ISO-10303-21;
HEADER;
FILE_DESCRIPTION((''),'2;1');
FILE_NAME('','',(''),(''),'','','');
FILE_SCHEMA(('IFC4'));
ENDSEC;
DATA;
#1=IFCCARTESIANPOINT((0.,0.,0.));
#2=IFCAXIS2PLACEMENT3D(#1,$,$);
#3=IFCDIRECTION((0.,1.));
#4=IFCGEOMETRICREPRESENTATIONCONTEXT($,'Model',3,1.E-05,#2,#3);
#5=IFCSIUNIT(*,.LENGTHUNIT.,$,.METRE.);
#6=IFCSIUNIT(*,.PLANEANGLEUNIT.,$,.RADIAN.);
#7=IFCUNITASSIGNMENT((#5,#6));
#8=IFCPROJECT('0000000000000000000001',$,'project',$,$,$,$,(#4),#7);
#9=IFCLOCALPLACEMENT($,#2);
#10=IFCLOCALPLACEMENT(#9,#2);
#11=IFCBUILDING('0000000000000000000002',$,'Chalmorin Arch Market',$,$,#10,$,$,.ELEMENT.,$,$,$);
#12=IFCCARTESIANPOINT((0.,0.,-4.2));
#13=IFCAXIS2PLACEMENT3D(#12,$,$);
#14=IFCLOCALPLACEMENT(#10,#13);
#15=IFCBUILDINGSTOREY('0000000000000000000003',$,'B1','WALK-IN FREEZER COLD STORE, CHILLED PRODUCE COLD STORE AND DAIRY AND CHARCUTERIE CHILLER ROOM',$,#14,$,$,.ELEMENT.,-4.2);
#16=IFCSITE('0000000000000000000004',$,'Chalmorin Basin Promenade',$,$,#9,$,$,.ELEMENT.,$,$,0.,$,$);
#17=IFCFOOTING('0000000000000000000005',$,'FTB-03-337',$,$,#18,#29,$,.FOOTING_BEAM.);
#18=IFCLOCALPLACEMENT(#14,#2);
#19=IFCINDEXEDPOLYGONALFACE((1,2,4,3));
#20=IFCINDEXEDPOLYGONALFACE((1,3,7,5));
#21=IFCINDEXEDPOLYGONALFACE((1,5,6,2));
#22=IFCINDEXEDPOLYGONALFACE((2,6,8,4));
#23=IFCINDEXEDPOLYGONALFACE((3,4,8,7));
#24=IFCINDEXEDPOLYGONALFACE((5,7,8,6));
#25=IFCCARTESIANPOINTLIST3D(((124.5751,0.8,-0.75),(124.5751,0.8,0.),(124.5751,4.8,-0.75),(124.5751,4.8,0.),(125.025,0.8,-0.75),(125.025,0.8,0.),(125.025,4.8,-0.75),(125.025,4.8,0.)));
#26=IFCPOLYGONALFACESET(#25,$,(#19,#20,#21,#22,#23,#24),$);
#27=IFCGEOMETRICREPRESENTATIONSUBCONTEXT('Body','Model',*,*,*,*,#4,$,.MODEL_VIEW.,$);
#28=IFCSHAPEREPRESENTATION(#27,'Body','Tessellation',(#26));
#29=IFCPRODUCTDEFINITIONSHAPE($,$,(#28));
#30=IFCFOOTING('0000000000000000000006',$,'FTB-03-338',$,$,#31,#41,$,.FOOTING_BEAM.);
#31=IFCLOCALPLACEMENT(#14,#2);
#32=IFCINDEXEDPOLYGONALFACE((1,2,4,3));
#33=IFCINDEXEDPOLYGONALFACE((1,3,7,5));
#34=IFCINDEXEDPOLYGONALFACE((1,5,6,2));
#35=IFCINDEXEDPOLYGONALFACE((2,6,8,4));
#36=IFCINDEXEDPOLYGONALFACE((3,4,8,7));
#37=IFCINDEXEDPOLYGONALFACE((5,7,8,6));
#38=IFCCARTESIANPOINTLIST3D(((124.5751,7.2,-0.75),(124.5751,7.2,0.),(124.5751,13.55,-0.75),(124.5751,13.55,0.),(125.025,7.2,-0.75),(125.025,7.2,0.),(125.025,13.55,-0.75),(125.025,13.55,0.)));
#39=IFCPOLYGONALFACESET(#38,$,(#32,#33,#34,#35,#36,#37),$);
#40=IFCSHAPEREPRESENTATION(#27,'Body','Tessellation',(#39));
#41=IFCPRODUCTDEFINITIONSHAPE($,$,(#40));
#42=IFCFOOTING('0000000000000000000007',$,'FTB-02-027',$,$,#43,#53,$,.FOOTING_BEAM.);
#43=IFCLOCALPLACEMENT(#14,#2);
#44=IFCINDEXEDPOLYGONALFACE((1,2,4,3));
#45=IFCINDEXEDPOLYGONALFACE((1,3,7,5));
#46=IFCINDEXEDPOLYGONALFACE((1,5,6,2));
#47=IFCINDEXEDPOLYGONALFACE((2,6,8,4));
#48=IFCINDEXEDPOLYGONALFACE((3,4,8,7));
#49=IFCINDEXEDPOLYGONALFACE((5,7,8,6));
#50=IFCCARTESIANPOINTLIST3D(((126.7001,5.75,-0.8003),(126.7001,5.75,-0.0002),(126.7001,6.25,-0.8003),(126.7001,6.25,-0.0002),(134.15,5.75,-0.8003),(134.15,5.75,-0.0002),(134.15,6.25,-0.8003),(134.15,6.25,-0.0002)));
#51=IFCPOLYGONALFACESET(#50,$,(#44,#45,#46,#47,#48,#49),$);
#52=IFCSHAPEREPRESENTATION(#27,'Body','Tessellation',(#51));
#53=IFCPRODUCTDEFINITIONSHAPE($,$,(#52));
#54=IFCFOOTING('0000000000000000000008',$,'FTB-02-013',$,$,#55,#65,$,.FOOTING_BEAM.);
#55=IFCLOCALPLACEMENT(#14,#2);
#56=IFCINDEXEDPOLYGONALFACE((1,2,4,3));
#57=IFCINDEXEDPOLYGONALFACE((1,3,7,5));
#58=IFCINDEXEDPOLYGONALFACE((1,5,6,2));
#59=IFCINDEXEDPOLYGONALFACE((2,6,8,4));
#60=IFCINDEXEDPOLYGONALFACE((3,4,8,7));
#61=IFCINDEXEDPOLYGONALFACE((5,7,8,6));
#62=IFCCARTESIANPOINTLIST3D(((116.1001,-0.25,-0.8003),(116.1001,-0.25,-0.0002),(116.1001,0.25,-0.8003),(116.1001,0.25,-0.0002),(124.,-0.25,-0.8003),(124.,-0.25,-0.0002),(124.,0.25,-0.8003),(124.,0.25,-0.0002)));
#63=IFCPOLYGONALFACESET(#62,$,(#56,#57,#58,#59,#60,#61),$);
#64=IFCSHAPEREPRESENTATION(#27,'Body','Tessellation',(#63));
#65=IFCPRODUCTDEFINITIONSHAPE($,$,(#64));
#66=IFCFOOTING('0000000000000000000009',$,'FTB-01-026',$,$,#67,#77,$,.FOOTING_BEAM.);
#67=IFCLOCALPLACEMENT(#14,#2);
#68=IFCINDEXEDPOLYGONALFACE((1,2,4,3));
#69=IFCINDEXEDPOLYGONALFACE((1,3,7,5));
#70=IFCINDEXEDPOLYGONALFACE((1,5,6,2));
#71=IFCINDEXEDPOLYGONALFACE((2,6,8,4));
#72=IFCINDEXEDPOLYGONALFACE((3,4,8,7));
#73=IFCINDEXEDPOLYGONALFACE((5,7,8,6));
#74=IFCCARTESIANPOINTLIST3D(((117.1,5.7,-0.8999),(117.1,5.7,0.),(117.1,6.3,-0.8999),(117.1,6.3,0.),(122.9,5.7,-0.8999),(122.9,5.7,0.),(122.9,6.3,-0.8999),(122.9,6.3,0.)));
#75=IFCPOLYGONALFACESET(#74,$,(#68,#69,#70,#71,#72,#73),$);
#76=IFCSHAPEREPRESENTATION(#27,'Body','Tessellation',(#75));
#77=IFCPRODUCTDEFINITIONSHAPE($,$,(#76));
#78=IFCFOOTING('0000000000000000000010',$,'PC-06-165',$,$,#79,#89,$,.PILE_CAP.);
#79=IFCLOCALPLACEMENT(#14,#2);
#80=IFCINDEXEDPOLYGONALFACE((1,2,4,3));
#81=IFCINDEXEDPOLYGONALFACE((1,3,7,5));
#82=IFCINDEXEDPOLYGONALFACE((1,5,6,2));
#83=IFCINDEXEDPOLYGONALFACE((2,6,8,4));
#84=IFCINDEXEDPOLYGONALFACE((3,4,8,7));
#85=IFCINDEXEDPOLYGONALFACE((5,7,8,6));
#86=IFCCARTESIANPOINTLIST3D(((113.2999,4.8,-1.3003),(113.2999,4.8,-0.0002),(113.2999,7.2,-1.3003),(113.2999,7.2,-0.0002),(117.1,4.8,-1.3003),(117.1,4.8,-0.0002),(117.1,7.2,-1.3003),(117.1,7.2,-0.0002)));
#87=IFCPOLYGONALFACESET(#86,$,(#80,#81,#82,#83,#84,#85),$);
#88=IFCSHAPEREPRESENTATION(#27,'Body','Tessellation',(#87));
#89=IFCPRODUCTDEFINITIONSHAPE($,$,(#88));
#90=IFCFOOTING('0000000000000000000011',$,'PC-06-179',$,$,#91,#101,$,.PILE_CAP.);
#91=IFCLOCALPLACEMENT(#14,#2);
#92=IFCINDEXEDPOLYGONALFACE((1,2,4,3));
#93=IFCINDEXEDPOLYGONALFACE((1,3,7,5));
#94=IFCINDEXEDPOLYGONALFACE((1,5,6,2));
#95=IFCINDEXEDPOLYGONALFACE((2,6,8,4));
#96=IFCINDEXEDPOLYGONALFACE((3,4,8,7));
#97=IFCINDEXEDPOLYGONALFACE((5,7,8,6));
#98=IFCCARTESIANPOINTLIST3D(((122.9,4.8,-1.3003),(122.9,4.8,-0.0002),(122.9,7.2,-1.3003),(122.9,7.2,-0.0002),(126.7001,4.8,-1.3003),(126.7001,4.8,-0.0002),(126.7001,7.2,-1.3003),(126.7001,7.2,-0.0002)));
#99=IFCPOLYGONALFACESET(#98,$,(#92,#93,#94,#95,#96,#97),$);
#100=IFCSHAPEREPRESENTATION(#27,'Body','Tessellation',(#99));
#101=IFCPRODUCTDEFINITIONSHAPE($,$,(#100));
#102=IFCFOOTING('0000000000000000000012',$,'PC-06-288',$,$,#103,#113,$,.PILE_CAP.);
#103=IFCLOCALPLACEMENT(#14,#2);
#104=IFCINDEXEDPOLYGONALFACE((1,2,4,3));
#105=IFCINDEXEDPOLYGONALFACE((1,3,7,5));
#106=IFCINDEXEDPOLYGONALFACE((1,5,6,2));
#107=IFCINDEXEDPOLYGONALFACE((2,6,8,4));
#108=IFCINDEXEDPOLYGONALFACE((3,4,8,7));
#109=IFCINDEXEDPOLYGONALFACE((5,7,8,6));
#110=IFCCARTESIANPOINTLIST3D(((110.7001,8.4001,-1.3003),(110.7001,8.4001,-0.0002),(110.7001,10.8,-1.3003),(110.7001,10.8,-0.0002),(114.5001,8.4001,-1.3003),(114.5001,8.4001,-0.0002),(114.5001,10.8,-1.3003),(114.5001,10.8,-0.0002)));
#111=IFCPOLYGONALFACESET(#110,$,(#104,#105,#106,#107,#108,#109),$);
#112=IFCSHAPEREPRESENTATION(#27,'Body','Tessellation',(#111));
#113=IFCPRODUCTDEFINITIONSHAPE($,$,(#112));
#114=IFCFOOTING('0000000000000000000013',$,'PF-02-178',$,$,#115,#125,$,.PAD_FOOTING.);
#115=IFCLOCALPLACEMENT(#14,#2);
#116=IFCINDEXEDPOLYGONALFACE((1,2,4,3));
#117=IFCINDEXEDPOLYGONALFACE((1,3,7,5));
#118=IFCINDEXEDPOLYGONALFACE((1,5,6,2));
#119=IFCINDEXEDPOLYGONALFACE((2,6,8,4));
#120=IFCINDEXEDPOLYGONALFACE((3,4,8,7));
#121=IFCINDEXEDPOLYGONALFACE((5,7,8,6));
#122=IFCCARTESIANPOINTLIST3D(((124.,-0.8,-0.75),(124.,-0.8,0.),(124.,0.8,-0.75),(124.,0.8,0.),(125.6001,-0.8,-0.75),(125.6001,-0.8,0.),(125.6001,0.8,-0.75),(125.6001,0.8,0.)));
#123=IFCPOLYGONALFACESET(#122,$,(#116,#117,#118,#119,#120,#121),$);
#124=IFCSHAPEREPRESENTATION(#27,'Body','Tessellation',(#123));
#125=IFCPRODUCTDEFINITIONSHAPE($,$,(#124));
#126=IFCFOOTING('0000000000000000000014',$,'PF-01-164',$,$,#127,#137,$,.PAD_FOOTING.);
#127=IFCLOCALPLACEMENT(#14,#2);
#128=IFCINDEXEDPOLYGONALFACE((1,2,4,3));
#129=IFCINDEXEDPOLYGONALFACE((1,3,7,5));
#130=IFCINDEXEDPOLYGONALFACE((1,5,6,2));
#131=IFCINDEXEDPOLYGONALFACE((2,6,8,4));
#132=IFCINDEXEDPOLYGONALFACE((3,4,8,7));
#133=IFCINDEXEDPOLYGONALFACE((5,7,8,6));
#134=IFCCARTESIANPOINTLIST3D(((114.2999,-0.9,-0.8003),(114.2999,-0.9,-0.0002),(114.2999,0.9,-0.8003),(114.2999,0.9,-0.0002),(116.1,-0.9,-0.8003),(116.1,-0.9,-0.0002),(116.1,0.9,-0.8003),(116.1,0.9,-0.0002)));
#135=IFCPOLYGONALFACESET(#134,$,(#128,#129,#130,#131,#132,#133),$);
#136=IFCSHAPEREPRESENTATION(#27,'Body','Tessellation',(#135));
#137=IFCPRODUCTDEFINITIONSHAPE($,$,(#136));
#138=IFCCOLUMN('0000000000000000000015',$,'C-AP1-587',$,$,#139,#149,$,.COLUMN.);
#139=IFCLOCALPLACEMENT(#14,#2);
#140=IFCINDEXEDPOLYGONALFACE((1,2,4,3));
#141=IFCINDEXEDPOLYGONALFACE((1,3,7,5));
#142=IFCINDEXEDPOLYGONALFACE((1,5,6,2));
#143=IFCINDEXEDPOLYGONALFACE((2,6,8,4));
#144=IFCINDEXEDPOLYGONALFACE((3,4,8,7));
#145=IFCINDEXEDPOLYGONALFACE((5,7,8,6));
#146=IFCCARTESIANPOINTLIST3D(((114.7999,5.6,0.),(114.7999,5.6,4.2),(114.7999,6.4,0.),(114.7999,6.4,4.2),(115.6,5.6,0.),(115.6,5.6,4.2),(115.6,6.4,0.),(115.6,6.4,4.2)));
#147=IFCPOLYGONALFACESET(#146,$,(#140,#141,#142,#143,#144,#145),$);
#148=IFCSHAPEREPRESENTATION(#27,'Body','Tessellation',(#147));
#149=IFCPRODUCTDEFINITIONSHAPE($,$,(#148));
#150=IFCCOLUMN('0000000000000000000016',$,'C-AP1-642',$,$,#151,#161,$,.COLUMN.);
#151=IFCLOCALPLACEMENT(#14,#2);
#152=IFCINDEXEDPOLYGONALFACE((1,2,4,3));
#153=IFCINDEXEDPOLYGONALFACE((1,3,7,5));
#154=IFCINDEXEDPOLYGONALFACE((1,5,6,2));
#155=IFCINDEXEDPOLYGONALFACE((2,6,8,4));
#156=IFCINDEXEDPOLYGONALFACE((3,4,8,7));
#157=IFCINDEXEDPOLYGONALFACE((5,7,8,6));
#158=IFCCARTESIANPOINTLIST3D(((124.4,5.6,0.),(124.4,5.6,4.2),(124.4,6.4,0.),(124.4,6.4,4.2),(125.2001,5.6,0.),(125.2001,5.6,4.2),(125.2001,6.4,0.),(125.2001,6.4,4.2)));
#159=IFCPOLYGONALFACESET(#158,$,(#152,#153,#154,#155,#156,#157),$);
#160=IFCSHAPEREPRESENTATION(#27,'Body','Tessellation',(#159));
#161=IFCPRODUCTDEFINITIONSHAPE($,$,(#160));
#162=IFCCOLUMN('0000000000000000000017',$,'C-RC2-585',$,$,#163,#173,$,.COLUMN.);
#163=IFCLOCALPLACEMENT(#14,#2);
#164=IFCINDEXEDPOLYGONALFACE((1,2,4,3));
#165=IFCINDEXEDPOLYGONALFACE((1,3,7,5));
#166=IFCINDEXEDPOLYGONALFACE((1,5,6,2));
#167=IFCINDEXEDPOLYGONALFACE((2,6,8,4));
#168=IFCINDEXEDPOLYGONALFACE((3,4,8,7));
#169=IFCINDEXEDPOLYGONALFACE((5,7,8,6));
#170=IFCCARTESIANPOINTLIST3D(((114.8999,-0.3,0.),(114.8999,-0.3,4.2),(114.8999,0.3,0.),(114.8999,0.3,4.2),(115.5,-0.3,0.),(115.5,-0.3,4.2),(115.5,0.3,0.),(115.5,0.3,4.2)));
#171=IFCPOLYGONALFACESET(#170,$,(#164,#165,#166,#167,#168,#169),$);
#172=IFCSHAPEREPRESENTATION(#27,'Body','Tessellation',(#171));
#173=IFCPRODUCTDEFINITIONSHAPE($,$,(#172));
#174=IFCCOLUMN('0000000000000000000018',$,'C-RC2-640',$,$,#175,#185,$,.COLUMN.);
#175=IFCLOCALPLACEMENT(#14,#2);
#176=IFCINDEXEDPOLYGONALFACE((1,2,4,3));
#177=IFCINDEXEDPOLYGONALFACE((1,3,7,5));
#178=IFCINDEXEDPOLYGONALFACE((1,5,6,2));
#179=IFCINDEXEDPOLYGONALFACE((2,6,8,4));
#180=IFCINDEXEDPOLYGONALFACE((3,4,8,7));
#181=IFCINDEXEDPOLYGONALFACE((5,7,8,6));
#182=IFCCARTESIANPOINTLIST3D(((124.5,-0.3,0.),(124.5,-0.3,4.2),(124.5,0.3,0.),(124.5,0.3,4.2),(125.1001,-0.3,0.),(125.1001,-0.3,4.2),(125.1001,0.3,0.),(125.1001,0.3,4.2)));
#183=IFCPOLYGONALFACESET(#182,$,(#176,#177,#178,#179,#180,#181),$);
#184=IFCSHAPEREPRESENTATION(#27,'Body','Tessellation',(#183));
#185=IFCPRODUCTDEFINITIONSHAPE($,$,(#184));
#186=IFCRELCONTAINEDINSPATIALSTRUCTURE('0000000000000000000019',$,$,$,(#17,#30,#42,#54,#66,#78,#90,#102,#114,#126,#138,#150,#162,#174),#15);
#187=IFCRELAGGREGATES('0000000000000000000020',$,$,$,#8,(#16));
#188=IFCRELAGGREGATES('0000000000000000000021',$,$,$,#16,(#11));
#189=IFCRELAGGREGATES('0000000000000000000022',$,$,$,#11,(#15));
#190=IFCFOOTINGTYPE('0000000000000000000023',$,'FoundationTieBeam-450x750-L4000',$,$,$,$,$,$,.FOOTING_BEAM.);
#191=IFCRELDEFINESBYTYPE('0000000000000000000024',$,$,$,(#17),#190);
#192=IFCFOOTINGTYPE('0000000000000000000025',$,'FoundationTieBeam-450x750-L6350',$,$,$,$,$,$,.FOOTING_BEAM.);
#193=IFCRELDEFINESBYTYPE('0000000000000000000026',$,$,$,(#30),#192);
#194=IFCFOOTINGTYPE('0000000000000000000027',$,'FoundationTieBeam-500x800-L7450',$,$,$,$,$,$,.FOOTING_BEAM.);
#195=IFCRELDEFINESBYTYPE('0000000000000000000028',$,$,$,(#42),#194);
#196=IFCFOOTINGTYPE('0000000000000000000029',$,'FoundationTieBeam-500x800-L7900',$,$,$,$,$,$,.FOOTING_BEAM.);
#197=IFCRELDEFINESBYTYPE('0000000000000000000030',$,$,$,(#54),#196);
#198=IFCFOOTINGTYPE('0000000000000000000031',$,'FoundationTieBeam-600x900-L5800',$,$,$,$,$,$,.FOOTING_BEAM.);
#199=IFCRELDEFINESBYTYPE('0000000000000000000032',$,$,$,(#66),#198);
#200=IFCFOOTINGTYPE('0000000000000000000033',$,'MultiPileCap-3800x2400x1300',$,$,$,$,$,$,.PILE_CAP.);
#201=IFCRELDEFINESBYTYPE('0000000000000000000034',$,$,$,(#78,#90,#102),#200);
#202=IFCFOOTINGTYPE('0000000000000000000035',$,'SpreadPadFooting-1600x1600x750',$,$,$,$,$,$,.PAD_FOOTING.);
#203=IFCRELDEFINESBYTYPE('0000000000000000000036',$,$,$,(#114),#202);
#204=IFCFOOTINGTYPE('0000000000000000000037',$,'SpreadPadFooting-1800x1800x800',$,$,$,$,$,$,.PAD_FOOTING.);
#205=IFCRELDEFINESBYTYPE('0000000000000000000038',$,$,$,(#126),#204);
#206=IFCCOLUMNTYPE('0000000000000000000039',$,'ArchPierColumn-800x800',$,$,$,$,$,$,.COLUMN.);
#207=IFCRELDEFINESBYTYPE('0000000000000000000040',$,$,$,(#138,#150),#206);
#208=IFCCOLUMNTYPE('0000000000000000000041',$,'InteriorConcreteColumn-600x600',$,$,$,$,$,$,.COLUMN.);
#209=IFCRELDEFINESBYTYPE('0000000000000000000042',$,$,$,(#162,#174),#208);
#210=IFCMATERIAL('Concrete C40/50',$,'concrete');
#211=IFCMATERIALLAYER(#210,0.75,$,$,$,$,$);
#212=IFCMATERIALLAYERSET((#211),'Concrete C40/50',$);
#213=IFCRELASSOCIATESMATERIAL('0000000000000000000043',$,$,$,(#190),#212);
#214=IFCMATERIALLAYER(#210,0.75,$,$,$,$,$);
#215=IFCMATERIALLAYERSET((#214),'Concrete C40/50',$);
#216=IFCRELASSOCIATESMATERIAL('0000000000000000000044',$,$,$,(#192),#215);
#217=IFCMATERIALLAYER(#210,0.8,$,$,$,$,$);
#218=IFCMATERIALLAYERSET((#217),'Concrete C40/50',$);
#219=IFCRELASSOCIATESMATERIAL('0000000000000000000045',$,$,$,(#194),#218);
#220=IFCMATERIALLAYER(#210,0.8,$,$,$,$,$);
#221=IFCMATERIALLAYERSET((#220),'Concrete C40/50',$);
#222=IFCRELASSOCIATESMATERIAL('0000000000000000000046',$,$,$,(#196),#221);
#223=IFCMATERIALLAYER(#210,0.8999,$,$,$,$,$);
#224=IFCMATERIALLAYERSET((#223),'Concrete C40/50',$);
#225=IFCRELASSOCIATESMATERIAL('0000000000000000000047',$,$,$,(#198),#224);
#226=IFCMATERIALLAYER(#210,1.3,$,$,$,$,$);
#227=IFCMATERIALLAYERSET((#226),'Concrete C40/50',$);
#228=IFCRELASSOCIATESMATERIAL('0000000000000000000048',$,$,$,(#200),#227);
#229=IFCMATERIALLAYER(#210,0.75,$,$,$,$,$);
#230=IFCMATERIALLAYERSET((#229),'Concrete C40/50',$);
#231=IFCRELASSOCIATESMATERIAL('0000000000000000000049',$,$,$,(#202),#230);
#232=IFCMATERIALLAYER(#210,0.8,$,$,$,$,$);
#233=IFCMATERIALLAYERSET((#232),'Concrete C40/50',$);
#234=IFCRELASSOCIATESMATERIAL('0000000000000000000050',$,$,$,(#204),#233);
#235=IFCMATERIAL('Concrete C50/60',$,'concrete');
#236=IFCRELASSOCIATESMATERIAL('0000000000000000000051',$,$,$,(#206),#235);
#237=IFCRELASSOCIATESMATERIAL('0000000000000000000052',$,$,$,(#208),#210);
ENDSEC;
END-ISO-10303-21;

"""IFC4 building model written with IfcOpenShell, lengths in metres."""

from ifc_helpers import new_model, si_unit, direction, frame, origin, origin_2d, place, context, subcontext, project, spatial, rectangle, extrude, material, layer, layer_set, material_profile, profile_set, type_object, element, save


model = new_model("IFC4")

# Units and contexts
model_context = context("Model", 3, precision=1e-05, world=origin(), true_north=direction((0.0, 1.0)))
body_context = subcontext(model_context, "Body", "Model", "MODEL_VIEW")
ifc_project = project(units=[si_unit("LENGTHUNIT", "METRE"), si_unit("PLANEANGLEUNIT", "RADIAN")], contexts=[model_context])

# Site, building, storey
site_placement = place(None, origin())
site = spatial("IfcSite", under=ifc_project, at=site_placement, Name="Chalmorin Basin Promenade", CompositionType="ELEMENT", RefElevation=0.0)
building_placement = place(site_placement, origin())
building = spatial("IfcBuilding", under=site, at=building_placement, Name="Chalmorin Arch Market", CompositionType="ELEMENT")
storey_placement = place(building_placement, frame((0.0, 0.0, -4.2)))
storey = spatial("IfcBuildingStorey", under=building, at=storey_placement, Name="B1", Description="WALK-IN FREEZER COLD STORE, CHILLED PRODUCE COLD STORE AND DAIRY AND CHARCUTERIE CHILLER ROOM", CompositionType="ELEMENT", Elevation=-4.2)

# Footings
ifc_material_1 = material(Name="Concrete C40/50", Category="concrete")
ifc_layer_1 = layer(ifc_material_1, 0.75)
ifc_layer_set_1 = layer_set([ifc_layer_1], Name="Concrete C40/50")
footing_type_1 = type_object("IfcFootingType", Name="FoundationTieBeam-450x750-L4000", PredefinedType="FOOTING_BEAM", material=ifc_layer_set_1)
footing_1_placement = place(storey_placement, frame((124.8, 2.8, -0.75), z_axis=(0.0, 0.0, 1.0), x_axis=(0.0, 1.0, 0.0)))
element("IfcFooting", 1, at=footing_1_placement, inside=storey, type_object=footing_type_1, Name="FTB-03-337", PredefinedType="FOOTING_BEAM", context=body_context, shape_type="SweptSolid", body=[
    extrude(rectangle(XDim=4.0, YDim=0.45, at=origin_2d()), origin(), (0.0, 0.0, 1.0), 0.75),
])
ifc_layer_2 = layer(ifc_material_1, 0.75)
ifc_layer_set_2 = layer_set([ifc_layer_2], Name="Concrete C40/50")
footing_type_2 = type_object("IfcFootingType", Name="FoundationTieBeam-450x750-L6350", PredefinedType="FOOTING_BEAM", material=ifc_layer_set_2)
footing_2_placement = place(storey_placement, frame((124.8, 10.375, -0.75), z_axis=(0.0, 0.0, 1.0), x_axis=(0.0, 1.0, 0.0)))
element("IfcFooting", 2, at=footing_2_placement, inside=storey, type_object=footing_type_2, Name="FTB-03-338", PredefinedType="FOOTING_BEAM", context=body_context, shape_type="SweptSolid", body=[
    extrude(rectangle(XDim=6.3501, YDim=0.45, at=origin_2d()), origin(), (0.0, 0.0, 1.0), 0.75),
])
ifc_layer_3 = layer(ifc_material_1, 0.8)
ifc_layer_set_3 = layer_set([ifc_layer_3], Name="Concrete C40/50")
footing_type_3 = type_object("IfcFootingType", Name="FoundationTieBeam-500x800-L7450", PredefinedType="FOOTING_BEAM", material=ifc_layer_set_3)
footing_3_placement = place(storey_placement, frame((130.425, 6.0, -0.8003), z_axis=(0.0, 0.0, 1.0), x_axis=(1.0, 0.0, 0.0)))
element("IfcFooting", 3, at=footing_3_placement, inside=storey, type_object=footing_type_3, Name="FTB-02-027", PredefinedType="FOOTING_BEAM", context=body_context, shape_type="SweptSolid", body=[
    extrude(rectangle(XDim=7.45, YDim=0.5, at=origin_2d()), origin(), (0.0, 0.0, 1.0), 0.8),
])
ifc_layer_4 = layer(ifc_material_1, 0.8)
ifc_layer_set_4 = layer_set([ifc_layer_4], Name="Concrete C40/50")
footing_type_4 = type_object("IfcFootingType", Name="FoundationTieBeam-500x800-L7900", PredefinedType="FOOTING_BEAM", material=ifc_layer_set_4)
footing_4_placement = place(storey_placement, frame((120.05, 0.0, -0.8003), z_axis=(0.0, 0.0, 1.0), x_axis=(1.0, 0.0, 0.0)))
element("IfcFooting", 4, at=footing_4_placement, inside=storey, type_object=footing_type_4, Name="FTB-02-013", PredefinedType="FOOTING_BEAM", context=body_context, shape_type="SweptSolid", body=[
    extrude(rectangle(XDim=7.8999, YDim=0.5, at=origin_2d()), origin(), (0.0, 0.0, 1.0), 0.8),
])
ifc_layer_5 = layer(ifc_material_1, 0.8999)
ifc_layer_set_5 = layer_set([ifc_layer_5], Name="Concrete C40/50")
footing_type_5 = type_object("IfcFootingType", Name="FoundationTieBeam-600x900-L5800", PredefinedType="FOOTING_BEAM", material=ifc_layer_set_5)
footing_5_placement = place(storey_placement, frame((120.0, 6.0, -0.8999), z_axis=(0.0, 0.0, 1.0), x_axis=(1.0, 0.0, 0.0)))
element("IfcFooting", 5, at=footing_5_placement, inside=storey, type_object=footing_type_5, Name="FTB-01-026", PredefinedType="FOOTING_BEAM", context=body_context, shape_type="SweptSolid", body=[
    extrude(rectangle(XDim=5.8, YDim=0.6001, at=origin_2d()), origin(), (0.0, 0.0, 1.0), 0.8999),
])
ifc_layer_6 = layer(ifc_material_1, 1.3)
ifc_layer_set_6 = layer_set([ifc_layer_6], Name="Concrete C40/50")
footing_type_6 = type_object("IfcFootingType", Name="MultiPileCap-3800x2400x1300", PredefinedType="PILE_CAP", material=ifc_layer_set_6)
for number, where, z_axis, x_axis, name in (
    (6, (115.2, 6.0, -1.3003), (0.0, 0.0, 1.0), (1.0, 0.0, 0.0), "PC-06-165"),
    (7, (124.8, 6.0, -1.3003), (0.0, 0.0, 1.0), (1.0, 0.0, 0.0), "PC-06-179"),
    (8, (112.6001, 9.6001, -1.3003), (0.0, 0.0, 1.0), (1.0, 0.0, 0.0), "PC-06-288"),
):
    element("IfcFooting", number, at=place(storey_placement, frame(where, z_axis=z_axis, x_axis=x_axis)), inside=storey, type_object=footing_type_6, Name=name, PredefinedType="PILE_CAP", context=body_context, shape_type="SweptSolid", body=[
        extrude(rectangle(XDim=3.8, YDim=2.3999, at=origin_2d()), origin(), (0.0, 0.0, 1.0), 1.3),
    ])
ifc_layer_7 = layer(ifc_material_1, 0.75)
ifc_layer_set_7 = layer_set([ifc_layer_7], Name="Concrete C40/50")
footing_type_7 = type_object("IfcFootingType", Name="SpreadPadFooting-1600x1600x750", PredefinedType="PAD_FOOTING", material=ifc_layer_set_7)
footing_6_placement = place(storey_placement, frame((124.8, 0.0, -0.75), z_axis=(0.0, 0.0, 1.0), x_axis=(1.0, 0.0, 0.0)))
element("IfcFooting", 9, at=footing_6_placement, inside=storey, type_object=footing_type_7, Name="PF-02-178", PredefinedType="PAD_FOOTING", context=body_context, shape_type="SweptSolid", body=[
    extrude(rectangle(XDim=1.6001, YDim=1.6001, at=origin_2d()), origin(), (0.0, 0.0, 1.0), 0.75),
])
ifc_layer_8 = layer(ifc_material_1, 0.8)
ifc_layer_set_8 = layer_set([ifc_layer_8], Name="Concrete C40/50")
footing_type_8 = type_object("IfcFootingType", Name="SpreadPadFooting-1800x1800x800", PredefinedType="PAD_FOOTING", material=ifc_layer_set_8)
footing_7_placement = place(storey_placement, frame((115.2, 0.0, -0.8003), z_axis=(0.0, 0.0, 1.0), x_axis=(1.0, 0.0, 0.0)))
element("IfcFooting", 10, at=footing_7_placement, inside=storey, type_object=footing_type_8, Name="PF-01-164", PredefinedType="PAD_FOOTING", context=body_context, shape_type="SweptSolid", body=[
    extrude(rectangle(XDim=1.8, YDim=1.8, at=origin_2d()), origin(), (0.0, 0.0, 1.0), 0.8),
])

# Columns
ifc_material_2 = material(Name="Concrete C50/60", Category="concrete")
ifc_material_profile_1 = material_profile(ifc_material_2, rectangle(XDim=0.8, YDim=0.8, at=origin_2d()), Name="RC800X800")
ifc_profile_set_1 = profile_set([ifc_material_profile_1], Name="Concrete C50/60")
column_type_1 = type_object("IfcColumnType", Name="ArchPierColumn-800x800", PredefinedType="COLUMN", material=ifc_profile_set_1)
for number, where, z_axis, x_axis, name in (
    (11, (115.2, 6.0, 0.0), (0.0, 0.0, 1.0), (1.0, 0.0, 0.0), "C-AP1-587"),
    (12, (124.8, 6.0, 0.0), (0.0, 0.0, 1.0), (1.0, 0.0, 0.0), "C-AP1-642"),
):
    element("IfcColumn", number, at=place(storey_placement, frame(where, z_axis=z_axis, x_axis=x_axis)), inside=storey, type_object=column_type_1, Name=name, PredefinedType="COLUMN", context=body_context, shape_type="SweptSolid", body=[
        extrude(rectangle(XDim=0.8, YDim=0.8, at=origin_2d()), origin(), (0.0, 0.0, 1.0), 4.2),
    ])
ifc_material_profile_2 = material_profile(ifc_material_1, rectangle(XDim=0.6001, YDim=0.6001, at=origin_2d()), Name="RC600X600")
ifc_profile_set_2 = profile_set([ifc_material_profile_2], Name="Concrete C40/50")
column_type_2 = type_object("IfcColumnType", Name="InteriorConcreteColumn-600x600", PredefinedType="COLUMN", material=ifc_profile_set_2)
for number, where, z_axis, x_axis, name in (
    (13, (115.2, 0.0, 0.0), (0.0, 0.0, 1.0), (1.0, 0.0, 0.0), "C-RC2-585"),
    (14, (124.8, 0.0, 0.0), (0.0, 0.0, 1.0), (1.0, 0.0, 0.0), "C-RC2-640"),
):
    element("IfcColumn", number, at=place(storey_placement, frame(where, z_axis=z_axis, x_axis=x_axis)), inside=storey, type_object=column_type_2, Name=name, PredefinedType="COLUMN", context=body_context, shape_type="SweptSolid", body=[
        extrude(rectangle(XDim=0.6001, YDim=0.6001, at=origin_2d()), origin(), (0.0, 0.0, 1.0), 4.2),
    ])

save(model, "model.ifc")
